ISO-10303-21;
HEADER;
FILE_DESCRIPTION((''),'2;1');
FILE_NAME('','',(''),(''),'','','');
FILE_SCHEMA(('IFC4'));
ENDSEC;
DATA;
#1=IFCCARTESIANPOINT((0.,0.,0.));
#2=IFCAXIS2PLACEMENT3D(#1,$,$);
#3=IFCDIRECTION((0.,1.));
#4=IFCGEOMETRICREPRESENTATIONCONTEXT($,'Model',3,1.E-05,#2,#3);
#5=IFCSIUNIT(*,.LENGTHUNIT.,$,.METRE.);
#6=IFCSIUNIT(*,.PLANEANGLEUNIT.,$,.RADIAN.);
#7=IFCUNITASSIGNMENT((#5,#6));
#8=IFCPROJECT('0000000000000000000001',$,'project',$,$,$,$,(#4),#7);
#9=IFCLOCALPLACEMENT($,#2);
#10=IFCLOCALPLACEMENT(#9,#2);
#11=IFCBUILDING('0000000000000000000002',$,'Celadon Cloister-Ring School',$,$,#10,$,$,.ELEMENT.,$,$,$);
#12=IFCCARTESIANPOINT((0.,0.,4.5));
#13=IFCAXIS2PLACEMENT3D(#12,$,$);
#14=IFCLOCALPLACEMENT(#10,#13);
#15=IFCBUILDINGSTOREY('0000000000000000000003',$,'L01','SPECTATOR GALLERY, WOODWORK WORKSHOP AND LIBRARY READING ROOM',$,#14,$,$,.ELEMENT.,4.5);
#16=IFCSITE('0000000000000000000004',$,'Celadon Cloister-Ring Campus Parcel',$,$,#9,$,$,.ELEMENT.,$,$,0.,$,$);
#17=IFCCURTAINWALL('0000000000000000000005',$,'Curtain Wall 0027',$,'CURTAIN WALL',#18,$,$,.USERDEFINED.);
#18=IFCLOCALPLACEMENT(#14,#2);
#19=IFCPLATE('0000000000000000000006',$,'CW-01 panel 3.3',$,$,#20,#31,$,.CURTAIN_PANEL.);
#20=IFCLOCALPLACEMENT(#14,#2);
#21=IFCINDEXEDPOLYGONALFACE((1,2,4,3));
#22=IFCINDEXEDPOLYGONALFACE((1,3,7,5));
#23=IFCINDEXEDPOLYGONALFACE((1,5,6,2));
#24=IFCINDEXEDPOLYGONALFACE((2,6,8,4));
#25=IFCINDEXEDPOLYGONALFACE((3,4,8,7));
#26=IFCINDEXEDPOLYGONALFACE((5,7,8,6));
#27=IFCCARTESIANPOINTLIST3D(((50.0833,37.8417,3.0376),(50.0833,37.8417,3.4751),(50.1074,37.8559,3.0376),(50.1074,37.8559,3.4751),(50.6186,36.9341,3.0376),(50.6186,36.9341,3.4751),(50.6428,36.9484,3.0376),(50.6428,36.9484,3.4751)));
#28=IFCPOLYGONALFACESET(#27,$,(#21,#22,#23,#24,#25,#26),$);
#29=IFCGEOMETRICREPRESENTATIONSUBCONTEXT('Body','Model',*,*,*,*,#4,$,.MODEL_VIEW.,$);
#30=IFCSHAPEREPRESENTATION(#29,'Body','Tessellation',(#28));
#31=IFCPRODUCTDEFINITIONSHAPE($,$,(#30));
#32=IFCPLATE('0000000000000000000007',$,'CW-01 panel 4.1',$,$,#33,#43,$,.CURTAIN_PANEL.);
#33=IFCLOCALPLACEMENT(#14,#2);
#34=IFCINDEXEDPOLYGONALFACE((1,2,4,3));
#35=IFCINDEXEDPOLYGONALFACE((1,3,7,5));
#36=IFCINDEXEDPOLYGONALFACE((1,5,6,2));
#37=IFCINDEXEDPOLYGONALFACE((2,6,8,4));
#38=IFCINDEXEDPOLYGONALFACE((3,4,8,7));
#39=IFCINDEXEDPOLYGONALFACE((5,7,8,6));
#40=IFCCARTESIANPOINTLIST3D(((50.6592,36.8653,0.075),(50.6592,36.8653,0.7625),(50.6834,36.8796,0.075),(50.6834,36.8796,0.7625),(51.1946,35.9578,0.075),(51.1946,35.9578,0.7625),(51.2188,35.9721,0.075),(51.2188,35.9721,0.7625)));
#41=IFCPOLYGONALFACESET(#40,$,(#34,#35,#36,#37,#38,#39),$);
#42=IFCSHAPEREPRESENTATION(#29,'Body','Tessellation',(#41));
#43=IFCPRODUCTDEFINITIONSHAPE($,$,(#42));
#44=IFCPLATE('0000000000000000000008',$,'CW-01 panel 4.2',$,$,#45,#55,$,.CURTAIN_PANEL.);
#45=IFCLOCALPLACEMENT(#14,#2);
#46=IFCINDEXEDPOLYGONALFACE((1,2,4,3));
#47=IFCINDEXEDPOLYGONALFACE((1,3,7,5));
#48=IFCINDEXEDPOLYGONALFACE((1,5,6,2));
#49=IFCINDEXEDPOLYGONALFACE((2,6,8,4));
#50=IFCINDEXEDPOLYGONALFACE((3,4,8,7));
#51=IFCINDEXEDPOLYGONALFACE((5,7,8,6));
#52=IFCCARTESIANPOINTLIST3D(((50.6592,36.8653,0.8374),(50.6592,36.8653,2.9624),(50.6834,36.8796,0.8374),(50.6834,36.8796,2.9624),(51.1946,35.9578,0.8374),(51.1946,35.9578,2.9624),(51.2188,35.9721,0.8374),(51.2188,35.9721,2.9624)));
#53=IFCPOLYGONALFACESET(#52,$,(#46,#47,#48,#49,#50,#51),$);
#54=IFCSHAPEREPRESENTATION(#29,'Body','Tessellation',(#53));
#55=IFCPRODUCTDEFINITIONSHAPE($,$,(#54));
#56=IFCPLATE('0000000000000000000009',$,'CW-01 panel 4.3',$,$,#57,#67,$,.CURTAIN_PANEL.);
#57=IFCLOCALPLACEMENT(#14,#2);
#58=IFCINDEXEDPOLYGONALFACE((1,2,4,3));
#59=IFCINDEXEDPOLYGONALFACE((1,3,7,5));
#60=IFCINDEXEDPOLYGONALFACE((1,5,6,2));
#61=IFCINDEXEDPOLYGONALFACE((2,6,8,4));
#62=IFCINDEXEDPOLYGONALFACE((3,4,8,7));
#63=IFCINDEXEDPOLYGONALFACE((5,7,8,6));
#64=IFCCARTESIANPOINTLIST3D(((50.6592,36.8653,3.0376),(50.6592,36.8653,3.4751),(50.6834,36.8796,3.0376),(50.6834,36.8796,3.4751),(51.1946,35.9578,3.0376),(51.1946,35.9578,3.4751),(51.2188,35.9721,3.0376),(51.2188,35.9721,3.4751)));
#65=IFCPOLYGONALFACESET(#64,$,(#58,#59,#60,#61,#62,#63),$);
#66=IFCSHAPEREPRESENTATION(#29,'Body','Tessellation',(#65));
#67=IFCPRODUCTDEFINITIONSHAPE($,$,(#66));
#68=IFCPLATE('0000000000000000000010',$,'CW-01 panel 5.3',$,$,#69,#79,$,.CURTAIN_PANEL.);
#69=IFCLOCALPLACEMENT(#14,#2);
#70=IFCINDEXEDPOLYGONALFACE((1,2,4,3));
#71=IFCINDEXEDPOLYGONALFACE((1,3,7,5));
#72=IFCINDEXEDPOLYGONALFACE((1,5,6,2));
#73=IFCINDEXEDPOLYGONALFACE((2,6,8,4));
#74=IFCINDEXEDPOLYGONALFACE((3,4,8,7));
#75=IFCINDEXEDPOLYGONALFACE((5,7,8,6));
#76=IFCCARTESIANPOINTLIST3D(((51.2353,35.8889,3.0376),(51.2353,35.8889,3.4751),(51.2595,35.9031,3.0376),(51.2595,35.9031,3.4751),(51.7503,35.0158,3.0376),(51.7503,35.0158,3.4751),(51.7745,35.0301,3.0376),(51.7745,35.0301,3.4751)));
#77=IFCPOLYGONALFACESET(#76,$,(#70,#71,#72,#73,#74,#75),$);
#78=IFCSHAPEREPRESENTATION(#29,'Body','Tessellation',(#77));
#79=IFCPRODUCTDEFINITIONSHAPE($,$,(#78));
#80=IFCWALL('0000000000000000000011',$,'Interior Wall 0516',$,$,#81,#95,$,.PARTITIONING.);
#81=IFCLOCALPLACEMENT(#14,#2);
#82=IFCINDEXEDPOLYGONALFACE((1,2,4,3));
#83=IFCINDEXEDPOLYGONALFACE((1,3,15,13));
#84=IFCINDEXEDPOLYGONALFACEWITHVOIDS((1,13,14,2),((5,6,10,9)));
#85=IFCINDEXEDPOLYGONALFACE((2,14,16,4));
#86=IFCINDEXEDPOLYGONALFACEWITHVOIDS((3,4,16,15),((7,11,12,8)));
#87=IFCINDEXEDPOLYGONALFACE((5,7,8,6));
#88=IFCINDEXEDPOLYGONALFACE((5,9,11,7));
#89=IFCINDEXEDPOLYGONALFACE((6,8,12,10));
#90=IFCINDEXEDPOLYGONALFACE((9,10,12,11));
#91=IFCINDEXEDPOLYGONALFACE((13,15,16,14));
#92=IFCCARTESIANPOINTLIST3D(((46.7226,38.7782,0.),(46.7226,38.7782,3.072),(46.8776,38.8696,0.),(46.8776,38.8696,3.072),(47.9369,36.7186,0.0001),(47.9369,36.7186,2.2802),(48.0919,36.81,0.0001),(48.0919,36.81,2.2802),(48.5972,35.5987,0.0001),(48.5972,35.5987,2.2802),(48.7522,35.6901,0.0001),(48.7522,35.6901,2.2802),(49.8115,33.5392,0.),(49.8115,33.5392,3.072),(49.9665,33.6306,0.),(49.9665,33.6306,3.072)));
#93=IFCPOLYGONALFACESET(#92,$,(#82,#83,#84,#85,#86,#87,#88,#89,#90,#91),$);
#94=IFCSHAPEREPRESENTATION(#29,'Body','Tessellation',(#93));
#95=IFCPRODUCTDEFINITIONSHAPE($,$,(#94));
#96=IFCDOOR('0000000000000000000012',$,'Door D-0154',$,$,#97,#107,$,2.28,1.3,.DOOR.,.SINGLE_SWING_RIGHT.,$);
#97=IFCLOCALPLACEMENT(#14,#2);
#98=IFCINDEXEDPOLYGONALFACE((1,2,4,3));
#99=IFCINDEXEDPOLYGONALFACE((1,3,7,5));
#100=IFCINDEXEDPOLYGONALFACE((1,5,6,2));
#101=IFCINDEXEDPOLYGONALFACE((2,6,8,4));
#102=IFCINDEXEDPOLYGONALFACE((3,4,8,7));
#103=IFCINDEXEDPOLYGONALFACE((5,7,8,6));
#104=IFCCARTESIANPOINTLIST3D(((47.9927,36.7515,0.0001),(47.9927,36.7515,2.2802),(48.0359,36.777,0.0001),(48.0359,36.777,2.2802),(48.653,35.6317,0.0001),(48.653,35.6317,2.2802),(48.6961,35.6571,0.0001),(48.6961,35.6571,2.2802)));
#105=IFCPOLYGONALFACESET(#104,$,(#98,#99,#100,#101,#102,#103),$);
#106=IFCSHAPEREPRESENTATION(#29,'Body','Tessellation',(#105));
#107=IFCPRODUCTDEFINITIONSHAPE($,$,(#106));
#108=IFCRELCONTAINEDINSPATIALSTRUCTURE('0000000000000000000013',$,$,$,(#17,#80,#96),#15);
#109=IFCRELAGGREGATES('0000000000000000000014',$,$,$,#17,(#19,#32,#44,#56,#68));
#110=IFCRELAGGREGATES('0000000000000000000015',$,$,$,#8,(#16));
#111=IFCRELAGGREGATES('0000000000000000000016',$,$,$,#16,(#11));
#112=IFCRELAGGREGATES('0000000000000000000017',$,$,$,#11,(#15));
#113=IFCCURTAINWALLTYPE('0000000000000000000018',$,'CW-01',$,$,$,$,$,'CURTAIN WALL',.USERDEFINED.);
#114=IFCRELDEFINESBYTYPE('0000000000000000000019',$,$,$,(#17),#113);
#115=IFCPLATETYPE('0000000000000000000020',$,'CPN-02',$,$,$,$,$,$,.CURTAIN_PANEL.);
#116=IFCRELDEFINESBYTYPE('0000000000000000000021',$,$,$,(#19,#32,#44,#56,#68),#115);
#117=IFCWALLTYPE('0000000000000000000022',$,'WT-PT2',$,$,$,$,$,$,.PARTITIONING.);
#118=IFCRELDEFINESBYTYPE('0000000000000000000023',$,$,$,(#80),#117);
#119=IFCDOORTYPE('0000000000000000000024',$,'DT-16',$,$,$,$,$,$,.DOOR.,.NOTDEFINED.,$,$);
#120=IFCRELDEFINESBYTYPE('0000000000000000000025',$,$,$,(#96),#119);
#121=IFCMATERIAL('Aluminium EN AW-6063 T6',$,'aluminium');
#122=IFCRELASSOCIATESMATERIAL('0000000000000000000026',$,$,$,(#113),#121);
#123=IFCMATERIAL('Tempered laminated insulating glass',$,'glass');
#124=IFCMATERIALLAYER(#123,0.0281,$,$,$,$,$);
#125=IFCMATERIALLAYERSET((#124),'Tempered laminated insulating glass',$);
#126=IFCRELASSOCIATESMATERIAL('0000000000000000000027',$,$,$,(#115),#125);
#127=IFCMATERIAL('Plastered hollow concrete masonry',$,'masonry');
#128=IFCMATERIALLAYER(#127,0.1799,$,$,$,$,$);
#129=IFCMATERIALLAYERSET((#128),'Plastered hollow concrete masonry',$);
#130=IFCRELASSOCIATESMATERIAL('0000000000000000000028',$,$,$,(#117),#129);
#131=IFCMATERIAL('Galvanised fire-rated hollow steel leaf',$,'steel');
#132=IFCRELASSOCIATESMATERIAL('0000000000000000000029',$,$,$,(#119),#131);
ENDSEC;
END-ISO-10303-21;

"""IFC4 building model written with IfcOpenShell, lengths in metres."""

from ifc_helpers import new_model, si_unit, direction, frame, frame_2d, origin, origin_2d, place, context, subcontext, project, spatial, rectangle, extrude, material, layer, layer_set, type_object, element, fill, aggregate, save


model = new_model("IFC4")

# Units and contexts
model_context = context("Model", 3, precision=1e-05, world=origin(), true_north=direction((0.0, 1.0)))
body_context = subcontext(model_context, "Body", "Model", "MODEL_VIEW")
ifc_project = project(units=[si_unit("LENGTHUNIT", "METRE"), si_unit("PLANEANGLEUNIT", "RADIAN")], contexts=[model_context])

# Site, building, storey
site_placement = place(None, origin())
site = spatial("IfcSite", under=ifc_project, at=site_placement, Name="Celadon Cloister-Ring Campus Parcel", CompositionType="ELEMENT", RefElevation=0.0)
building_placement = place(site_placement, origin())
building = spatial("IfcBuilding", under=site, at=building_placement, Name="Celadon Cloister-Ring School", CompositionType="ELEMENT")
storey_placement = place(building_placement, frame((0.0, 0.0, 4.5)))
storey = spatial("IfcBuildingStorey", under=building, at=storey_placement, Name="L01", Description="SPECTATOR GALLERY, WOODWORK WORKSHOP AND LIBRARY READING ROOM", CompositionType="ELEMENT", Elevation=4.5)

# Curtain wall, plates
ifc_material_1 = material(Name="Aluminium EN AW-6063 T6", Category="aluminium")
curtain_wall_type = type_object("IfcCurtainWallType", Name="CW-01", ElementType="CURTAIN WALL", PredefinedType="USERDEFINED", material=ifc_material_1)
curtain_wall_placement = place(storey_placement, origin())
curtain_wall = element("IfcCurtainWall", 1, at=curtain_wall_placement, inside=storey, type_object=curtain_wall_type, Name="Curtain Wall 0027", ObjectType="CURTAIN WALL", PredefinedType="USERDEFINED")
ifc_material_2 = material(Name="Tempered laminated insulating glass", Category="glass")
ifc_layer_1 = layer(ifc_material_2, 0.0281)
ifc_layer_set_1 = layer_set([ifc_layer_1], Name="Tempered laminated insulating glass")
plate_type = type_object("IfcPlateType", Name="CPN-02", PredefinedType="CURTAIN_PANEL", material=ifc_layer_set_1)
plate_1_placement = place(storey_placement, frame((50.363, 37.395, 3.0376), z_axis=(0.0, 0.0, 1.0), x_axis=(0.508099, -0.861299, 0.0)))
plate_1 = element("IfcPlate", 2, at=plate_1_placement, type_object=plate_type, Name="CW-01 panel 3.3", PredefinedType="CURTAIN_PANEL", context=body_context, shape_type="SweptSolid", body=[
    extrude(rectangle(XDim=1.0537, YDim=0.0281, at=origin_2d()), origin(), (0.0, 0.0, 1.0), 0.4375),
])
plate_2_placement = place(storey_placement, frame((50.939, 36.4187, 0.075), z_axis=(0.0, 0.0, 1.0), x_axis=(0.508099, -0.861299, 0.0)))
plate_2 = element("IfcPlate", 3, at=plate_2_placement, type_object=plate_type, Name="CW-01 panel 4.1", PredefinedType="CURTAIN_PANEL", context=body_context, shape_type="SweptSolid", body=[
    extrude(rectangle(XDim=1.0537, YDim=0.0281, at=origin_2d()), origin(), (0.0, 0.0, 1.0), 0.6875),
])
plate_3_placement = place(storey_placement, frame((50.939, 36.4187, 0.8374), z_axis=(0.0, 0.0, 1.0), x_axis=(0.508099, -0.861299, 0.0)))
plate_3 = element("IfcPlate", 4, at=plate_3_placement, type_object=plate_type, Name="CW-01 panel 4.2", PredefinedType="CURTAIN_PANEL", context=body_context, shape_type="SweptSolid", body=[
    extrude(rectangle(XDim=1.0537, YDim=0.0281, at=origin_2d()), origin(), (0.0, 0.0, 1.0), 2.125),
])
plate_4_placement = place(storey_placement, frame((50.939, 36.4187, 3.0376), z_axis=(0.0, 0.0, 1.0), x_axis=(0.508099, -0.861299, 0.0)))
plate_4 = element("IfcPlate", 5, at=plate_4_placement, type_object=plate_type, Name="CW-01 panel 4.3", PredefinedType="CURTAIN_PANEL", context=body_context, shape_type="SweptSolid", body=[
    extrude(rectangle(XDim=1.0537, YDim=0.0281, at=origin_2d()), origin(), (0.0, 0.0, 1.0), 0.4375),
])
plate_5_placement = place(storey_placement, frame((51.5049, 35.4595, 3.0376), z_axis=(0.0, 0.0, 1.0), x_axis=(0.508099, -0.861299, 0.0)))
plate_5 = element("IfcPlate", 6, at=plate_5_placement, type_object=plate_type, Name="CW-01 panel 5.3", PredefinedType="CURTAIN_PANEL", context=body_context, shape_type="SweptSolid", body=[
    extrude(rectangle(XDim=1.0137, YDim=0.0281, at=origin_2d()), origin(), (0.0, 0.0, 1.0), 0.4375),
])
aggregate(curtain_wall, [plate_1, plate_2, plate_3, plate_4, plate_5])

# Wall, opening, door
ifc_material_3 = material(Name="Plastered hollow concrete masonry", Category="masonry")
ifc_layer_2 = layer(ifc_material_3, 0.1799)
ifc_layer_set_2 = layer_set([ifc_layer_2], Name="Plastered hollow concrete masonry")
wall_type = type_object("IfcWallType", Name="WT-PT2", PredefinedType="PARTITIONING", material=ifc_layer_set_2)
wall_placement = place(storey_placement, frame((46.8, 38.824, 0.0), z_axis=(0.0, 0.0, 1.0), x_axis=(0.507887, -0.861424, 0.0)))
wall = element("IfcWall", 7, at=wall_placement, inside=storey, type_object=wall_type, Name="Interior Wall 0516", PredefinedType="PARTITIONING", context=body_context, shape_type="SweptSolid", body=[
    extrude(rectangle(XDim=6.0818, YDim=0.1799, at=frame_2d((3.041, 0.0))), origin(), (0.0, 0.0, 1.0), 3.072),
])
opening_placement = place(wall_placement, frame((2.3911, 0.0, 0.0)))
opening = element("IfcOpeningElement", 8, at=opening_placement, cuts=wall, PredefinedType="OPENING", context=body_context, shape_type="SweptSolid", body=[
    extrude(rectangle(XDim=1.3, YDim=2.28, at=frame_2d((0.6499, 1.1401))), frame((0.0, 0.1001, 0.0), z_axis=(0.0, -1.0, 0.0), x_axis=(1.0, 0.0, 0.0)), (0.0, 0.0, 1.0), 0.2),
])
ifc_material_4 = material(Name="Galvanised fire-rated hollow steel leaf", Category="steel")
door_type = type_object("IfcDoorType", Name="DT-16", OperationType="NOTDEFINED", PredefinedType="DOOR", material=ifc_material_4)
door_placement = place(opening_placement, origin())
door = element("IfcDoor", 9, at=door_placement, inside=storey, type_object=door_type, Name="Door D-0154", OperationType="SINGLE_SWING_RIGHT", OverallHeight=2.28, OverallWidth=1.3, PredefinedType="DOOR", context=body_context, shape_type="SweptSolid", body=[
    extrude(rectangle(XDim=1.3, YDim=2.28, at=frame_2d((0.6499, 1.1401))), frame((0.0, 0.0249, 0.0), z_axis=(0.0, -1.0, 0.0), x_axis=(1.0, 0.0, 0.0)), (0.0, 0.0, 1.0), 0.05),
])
fill(opening, door)

save(model, "model.ifc")
